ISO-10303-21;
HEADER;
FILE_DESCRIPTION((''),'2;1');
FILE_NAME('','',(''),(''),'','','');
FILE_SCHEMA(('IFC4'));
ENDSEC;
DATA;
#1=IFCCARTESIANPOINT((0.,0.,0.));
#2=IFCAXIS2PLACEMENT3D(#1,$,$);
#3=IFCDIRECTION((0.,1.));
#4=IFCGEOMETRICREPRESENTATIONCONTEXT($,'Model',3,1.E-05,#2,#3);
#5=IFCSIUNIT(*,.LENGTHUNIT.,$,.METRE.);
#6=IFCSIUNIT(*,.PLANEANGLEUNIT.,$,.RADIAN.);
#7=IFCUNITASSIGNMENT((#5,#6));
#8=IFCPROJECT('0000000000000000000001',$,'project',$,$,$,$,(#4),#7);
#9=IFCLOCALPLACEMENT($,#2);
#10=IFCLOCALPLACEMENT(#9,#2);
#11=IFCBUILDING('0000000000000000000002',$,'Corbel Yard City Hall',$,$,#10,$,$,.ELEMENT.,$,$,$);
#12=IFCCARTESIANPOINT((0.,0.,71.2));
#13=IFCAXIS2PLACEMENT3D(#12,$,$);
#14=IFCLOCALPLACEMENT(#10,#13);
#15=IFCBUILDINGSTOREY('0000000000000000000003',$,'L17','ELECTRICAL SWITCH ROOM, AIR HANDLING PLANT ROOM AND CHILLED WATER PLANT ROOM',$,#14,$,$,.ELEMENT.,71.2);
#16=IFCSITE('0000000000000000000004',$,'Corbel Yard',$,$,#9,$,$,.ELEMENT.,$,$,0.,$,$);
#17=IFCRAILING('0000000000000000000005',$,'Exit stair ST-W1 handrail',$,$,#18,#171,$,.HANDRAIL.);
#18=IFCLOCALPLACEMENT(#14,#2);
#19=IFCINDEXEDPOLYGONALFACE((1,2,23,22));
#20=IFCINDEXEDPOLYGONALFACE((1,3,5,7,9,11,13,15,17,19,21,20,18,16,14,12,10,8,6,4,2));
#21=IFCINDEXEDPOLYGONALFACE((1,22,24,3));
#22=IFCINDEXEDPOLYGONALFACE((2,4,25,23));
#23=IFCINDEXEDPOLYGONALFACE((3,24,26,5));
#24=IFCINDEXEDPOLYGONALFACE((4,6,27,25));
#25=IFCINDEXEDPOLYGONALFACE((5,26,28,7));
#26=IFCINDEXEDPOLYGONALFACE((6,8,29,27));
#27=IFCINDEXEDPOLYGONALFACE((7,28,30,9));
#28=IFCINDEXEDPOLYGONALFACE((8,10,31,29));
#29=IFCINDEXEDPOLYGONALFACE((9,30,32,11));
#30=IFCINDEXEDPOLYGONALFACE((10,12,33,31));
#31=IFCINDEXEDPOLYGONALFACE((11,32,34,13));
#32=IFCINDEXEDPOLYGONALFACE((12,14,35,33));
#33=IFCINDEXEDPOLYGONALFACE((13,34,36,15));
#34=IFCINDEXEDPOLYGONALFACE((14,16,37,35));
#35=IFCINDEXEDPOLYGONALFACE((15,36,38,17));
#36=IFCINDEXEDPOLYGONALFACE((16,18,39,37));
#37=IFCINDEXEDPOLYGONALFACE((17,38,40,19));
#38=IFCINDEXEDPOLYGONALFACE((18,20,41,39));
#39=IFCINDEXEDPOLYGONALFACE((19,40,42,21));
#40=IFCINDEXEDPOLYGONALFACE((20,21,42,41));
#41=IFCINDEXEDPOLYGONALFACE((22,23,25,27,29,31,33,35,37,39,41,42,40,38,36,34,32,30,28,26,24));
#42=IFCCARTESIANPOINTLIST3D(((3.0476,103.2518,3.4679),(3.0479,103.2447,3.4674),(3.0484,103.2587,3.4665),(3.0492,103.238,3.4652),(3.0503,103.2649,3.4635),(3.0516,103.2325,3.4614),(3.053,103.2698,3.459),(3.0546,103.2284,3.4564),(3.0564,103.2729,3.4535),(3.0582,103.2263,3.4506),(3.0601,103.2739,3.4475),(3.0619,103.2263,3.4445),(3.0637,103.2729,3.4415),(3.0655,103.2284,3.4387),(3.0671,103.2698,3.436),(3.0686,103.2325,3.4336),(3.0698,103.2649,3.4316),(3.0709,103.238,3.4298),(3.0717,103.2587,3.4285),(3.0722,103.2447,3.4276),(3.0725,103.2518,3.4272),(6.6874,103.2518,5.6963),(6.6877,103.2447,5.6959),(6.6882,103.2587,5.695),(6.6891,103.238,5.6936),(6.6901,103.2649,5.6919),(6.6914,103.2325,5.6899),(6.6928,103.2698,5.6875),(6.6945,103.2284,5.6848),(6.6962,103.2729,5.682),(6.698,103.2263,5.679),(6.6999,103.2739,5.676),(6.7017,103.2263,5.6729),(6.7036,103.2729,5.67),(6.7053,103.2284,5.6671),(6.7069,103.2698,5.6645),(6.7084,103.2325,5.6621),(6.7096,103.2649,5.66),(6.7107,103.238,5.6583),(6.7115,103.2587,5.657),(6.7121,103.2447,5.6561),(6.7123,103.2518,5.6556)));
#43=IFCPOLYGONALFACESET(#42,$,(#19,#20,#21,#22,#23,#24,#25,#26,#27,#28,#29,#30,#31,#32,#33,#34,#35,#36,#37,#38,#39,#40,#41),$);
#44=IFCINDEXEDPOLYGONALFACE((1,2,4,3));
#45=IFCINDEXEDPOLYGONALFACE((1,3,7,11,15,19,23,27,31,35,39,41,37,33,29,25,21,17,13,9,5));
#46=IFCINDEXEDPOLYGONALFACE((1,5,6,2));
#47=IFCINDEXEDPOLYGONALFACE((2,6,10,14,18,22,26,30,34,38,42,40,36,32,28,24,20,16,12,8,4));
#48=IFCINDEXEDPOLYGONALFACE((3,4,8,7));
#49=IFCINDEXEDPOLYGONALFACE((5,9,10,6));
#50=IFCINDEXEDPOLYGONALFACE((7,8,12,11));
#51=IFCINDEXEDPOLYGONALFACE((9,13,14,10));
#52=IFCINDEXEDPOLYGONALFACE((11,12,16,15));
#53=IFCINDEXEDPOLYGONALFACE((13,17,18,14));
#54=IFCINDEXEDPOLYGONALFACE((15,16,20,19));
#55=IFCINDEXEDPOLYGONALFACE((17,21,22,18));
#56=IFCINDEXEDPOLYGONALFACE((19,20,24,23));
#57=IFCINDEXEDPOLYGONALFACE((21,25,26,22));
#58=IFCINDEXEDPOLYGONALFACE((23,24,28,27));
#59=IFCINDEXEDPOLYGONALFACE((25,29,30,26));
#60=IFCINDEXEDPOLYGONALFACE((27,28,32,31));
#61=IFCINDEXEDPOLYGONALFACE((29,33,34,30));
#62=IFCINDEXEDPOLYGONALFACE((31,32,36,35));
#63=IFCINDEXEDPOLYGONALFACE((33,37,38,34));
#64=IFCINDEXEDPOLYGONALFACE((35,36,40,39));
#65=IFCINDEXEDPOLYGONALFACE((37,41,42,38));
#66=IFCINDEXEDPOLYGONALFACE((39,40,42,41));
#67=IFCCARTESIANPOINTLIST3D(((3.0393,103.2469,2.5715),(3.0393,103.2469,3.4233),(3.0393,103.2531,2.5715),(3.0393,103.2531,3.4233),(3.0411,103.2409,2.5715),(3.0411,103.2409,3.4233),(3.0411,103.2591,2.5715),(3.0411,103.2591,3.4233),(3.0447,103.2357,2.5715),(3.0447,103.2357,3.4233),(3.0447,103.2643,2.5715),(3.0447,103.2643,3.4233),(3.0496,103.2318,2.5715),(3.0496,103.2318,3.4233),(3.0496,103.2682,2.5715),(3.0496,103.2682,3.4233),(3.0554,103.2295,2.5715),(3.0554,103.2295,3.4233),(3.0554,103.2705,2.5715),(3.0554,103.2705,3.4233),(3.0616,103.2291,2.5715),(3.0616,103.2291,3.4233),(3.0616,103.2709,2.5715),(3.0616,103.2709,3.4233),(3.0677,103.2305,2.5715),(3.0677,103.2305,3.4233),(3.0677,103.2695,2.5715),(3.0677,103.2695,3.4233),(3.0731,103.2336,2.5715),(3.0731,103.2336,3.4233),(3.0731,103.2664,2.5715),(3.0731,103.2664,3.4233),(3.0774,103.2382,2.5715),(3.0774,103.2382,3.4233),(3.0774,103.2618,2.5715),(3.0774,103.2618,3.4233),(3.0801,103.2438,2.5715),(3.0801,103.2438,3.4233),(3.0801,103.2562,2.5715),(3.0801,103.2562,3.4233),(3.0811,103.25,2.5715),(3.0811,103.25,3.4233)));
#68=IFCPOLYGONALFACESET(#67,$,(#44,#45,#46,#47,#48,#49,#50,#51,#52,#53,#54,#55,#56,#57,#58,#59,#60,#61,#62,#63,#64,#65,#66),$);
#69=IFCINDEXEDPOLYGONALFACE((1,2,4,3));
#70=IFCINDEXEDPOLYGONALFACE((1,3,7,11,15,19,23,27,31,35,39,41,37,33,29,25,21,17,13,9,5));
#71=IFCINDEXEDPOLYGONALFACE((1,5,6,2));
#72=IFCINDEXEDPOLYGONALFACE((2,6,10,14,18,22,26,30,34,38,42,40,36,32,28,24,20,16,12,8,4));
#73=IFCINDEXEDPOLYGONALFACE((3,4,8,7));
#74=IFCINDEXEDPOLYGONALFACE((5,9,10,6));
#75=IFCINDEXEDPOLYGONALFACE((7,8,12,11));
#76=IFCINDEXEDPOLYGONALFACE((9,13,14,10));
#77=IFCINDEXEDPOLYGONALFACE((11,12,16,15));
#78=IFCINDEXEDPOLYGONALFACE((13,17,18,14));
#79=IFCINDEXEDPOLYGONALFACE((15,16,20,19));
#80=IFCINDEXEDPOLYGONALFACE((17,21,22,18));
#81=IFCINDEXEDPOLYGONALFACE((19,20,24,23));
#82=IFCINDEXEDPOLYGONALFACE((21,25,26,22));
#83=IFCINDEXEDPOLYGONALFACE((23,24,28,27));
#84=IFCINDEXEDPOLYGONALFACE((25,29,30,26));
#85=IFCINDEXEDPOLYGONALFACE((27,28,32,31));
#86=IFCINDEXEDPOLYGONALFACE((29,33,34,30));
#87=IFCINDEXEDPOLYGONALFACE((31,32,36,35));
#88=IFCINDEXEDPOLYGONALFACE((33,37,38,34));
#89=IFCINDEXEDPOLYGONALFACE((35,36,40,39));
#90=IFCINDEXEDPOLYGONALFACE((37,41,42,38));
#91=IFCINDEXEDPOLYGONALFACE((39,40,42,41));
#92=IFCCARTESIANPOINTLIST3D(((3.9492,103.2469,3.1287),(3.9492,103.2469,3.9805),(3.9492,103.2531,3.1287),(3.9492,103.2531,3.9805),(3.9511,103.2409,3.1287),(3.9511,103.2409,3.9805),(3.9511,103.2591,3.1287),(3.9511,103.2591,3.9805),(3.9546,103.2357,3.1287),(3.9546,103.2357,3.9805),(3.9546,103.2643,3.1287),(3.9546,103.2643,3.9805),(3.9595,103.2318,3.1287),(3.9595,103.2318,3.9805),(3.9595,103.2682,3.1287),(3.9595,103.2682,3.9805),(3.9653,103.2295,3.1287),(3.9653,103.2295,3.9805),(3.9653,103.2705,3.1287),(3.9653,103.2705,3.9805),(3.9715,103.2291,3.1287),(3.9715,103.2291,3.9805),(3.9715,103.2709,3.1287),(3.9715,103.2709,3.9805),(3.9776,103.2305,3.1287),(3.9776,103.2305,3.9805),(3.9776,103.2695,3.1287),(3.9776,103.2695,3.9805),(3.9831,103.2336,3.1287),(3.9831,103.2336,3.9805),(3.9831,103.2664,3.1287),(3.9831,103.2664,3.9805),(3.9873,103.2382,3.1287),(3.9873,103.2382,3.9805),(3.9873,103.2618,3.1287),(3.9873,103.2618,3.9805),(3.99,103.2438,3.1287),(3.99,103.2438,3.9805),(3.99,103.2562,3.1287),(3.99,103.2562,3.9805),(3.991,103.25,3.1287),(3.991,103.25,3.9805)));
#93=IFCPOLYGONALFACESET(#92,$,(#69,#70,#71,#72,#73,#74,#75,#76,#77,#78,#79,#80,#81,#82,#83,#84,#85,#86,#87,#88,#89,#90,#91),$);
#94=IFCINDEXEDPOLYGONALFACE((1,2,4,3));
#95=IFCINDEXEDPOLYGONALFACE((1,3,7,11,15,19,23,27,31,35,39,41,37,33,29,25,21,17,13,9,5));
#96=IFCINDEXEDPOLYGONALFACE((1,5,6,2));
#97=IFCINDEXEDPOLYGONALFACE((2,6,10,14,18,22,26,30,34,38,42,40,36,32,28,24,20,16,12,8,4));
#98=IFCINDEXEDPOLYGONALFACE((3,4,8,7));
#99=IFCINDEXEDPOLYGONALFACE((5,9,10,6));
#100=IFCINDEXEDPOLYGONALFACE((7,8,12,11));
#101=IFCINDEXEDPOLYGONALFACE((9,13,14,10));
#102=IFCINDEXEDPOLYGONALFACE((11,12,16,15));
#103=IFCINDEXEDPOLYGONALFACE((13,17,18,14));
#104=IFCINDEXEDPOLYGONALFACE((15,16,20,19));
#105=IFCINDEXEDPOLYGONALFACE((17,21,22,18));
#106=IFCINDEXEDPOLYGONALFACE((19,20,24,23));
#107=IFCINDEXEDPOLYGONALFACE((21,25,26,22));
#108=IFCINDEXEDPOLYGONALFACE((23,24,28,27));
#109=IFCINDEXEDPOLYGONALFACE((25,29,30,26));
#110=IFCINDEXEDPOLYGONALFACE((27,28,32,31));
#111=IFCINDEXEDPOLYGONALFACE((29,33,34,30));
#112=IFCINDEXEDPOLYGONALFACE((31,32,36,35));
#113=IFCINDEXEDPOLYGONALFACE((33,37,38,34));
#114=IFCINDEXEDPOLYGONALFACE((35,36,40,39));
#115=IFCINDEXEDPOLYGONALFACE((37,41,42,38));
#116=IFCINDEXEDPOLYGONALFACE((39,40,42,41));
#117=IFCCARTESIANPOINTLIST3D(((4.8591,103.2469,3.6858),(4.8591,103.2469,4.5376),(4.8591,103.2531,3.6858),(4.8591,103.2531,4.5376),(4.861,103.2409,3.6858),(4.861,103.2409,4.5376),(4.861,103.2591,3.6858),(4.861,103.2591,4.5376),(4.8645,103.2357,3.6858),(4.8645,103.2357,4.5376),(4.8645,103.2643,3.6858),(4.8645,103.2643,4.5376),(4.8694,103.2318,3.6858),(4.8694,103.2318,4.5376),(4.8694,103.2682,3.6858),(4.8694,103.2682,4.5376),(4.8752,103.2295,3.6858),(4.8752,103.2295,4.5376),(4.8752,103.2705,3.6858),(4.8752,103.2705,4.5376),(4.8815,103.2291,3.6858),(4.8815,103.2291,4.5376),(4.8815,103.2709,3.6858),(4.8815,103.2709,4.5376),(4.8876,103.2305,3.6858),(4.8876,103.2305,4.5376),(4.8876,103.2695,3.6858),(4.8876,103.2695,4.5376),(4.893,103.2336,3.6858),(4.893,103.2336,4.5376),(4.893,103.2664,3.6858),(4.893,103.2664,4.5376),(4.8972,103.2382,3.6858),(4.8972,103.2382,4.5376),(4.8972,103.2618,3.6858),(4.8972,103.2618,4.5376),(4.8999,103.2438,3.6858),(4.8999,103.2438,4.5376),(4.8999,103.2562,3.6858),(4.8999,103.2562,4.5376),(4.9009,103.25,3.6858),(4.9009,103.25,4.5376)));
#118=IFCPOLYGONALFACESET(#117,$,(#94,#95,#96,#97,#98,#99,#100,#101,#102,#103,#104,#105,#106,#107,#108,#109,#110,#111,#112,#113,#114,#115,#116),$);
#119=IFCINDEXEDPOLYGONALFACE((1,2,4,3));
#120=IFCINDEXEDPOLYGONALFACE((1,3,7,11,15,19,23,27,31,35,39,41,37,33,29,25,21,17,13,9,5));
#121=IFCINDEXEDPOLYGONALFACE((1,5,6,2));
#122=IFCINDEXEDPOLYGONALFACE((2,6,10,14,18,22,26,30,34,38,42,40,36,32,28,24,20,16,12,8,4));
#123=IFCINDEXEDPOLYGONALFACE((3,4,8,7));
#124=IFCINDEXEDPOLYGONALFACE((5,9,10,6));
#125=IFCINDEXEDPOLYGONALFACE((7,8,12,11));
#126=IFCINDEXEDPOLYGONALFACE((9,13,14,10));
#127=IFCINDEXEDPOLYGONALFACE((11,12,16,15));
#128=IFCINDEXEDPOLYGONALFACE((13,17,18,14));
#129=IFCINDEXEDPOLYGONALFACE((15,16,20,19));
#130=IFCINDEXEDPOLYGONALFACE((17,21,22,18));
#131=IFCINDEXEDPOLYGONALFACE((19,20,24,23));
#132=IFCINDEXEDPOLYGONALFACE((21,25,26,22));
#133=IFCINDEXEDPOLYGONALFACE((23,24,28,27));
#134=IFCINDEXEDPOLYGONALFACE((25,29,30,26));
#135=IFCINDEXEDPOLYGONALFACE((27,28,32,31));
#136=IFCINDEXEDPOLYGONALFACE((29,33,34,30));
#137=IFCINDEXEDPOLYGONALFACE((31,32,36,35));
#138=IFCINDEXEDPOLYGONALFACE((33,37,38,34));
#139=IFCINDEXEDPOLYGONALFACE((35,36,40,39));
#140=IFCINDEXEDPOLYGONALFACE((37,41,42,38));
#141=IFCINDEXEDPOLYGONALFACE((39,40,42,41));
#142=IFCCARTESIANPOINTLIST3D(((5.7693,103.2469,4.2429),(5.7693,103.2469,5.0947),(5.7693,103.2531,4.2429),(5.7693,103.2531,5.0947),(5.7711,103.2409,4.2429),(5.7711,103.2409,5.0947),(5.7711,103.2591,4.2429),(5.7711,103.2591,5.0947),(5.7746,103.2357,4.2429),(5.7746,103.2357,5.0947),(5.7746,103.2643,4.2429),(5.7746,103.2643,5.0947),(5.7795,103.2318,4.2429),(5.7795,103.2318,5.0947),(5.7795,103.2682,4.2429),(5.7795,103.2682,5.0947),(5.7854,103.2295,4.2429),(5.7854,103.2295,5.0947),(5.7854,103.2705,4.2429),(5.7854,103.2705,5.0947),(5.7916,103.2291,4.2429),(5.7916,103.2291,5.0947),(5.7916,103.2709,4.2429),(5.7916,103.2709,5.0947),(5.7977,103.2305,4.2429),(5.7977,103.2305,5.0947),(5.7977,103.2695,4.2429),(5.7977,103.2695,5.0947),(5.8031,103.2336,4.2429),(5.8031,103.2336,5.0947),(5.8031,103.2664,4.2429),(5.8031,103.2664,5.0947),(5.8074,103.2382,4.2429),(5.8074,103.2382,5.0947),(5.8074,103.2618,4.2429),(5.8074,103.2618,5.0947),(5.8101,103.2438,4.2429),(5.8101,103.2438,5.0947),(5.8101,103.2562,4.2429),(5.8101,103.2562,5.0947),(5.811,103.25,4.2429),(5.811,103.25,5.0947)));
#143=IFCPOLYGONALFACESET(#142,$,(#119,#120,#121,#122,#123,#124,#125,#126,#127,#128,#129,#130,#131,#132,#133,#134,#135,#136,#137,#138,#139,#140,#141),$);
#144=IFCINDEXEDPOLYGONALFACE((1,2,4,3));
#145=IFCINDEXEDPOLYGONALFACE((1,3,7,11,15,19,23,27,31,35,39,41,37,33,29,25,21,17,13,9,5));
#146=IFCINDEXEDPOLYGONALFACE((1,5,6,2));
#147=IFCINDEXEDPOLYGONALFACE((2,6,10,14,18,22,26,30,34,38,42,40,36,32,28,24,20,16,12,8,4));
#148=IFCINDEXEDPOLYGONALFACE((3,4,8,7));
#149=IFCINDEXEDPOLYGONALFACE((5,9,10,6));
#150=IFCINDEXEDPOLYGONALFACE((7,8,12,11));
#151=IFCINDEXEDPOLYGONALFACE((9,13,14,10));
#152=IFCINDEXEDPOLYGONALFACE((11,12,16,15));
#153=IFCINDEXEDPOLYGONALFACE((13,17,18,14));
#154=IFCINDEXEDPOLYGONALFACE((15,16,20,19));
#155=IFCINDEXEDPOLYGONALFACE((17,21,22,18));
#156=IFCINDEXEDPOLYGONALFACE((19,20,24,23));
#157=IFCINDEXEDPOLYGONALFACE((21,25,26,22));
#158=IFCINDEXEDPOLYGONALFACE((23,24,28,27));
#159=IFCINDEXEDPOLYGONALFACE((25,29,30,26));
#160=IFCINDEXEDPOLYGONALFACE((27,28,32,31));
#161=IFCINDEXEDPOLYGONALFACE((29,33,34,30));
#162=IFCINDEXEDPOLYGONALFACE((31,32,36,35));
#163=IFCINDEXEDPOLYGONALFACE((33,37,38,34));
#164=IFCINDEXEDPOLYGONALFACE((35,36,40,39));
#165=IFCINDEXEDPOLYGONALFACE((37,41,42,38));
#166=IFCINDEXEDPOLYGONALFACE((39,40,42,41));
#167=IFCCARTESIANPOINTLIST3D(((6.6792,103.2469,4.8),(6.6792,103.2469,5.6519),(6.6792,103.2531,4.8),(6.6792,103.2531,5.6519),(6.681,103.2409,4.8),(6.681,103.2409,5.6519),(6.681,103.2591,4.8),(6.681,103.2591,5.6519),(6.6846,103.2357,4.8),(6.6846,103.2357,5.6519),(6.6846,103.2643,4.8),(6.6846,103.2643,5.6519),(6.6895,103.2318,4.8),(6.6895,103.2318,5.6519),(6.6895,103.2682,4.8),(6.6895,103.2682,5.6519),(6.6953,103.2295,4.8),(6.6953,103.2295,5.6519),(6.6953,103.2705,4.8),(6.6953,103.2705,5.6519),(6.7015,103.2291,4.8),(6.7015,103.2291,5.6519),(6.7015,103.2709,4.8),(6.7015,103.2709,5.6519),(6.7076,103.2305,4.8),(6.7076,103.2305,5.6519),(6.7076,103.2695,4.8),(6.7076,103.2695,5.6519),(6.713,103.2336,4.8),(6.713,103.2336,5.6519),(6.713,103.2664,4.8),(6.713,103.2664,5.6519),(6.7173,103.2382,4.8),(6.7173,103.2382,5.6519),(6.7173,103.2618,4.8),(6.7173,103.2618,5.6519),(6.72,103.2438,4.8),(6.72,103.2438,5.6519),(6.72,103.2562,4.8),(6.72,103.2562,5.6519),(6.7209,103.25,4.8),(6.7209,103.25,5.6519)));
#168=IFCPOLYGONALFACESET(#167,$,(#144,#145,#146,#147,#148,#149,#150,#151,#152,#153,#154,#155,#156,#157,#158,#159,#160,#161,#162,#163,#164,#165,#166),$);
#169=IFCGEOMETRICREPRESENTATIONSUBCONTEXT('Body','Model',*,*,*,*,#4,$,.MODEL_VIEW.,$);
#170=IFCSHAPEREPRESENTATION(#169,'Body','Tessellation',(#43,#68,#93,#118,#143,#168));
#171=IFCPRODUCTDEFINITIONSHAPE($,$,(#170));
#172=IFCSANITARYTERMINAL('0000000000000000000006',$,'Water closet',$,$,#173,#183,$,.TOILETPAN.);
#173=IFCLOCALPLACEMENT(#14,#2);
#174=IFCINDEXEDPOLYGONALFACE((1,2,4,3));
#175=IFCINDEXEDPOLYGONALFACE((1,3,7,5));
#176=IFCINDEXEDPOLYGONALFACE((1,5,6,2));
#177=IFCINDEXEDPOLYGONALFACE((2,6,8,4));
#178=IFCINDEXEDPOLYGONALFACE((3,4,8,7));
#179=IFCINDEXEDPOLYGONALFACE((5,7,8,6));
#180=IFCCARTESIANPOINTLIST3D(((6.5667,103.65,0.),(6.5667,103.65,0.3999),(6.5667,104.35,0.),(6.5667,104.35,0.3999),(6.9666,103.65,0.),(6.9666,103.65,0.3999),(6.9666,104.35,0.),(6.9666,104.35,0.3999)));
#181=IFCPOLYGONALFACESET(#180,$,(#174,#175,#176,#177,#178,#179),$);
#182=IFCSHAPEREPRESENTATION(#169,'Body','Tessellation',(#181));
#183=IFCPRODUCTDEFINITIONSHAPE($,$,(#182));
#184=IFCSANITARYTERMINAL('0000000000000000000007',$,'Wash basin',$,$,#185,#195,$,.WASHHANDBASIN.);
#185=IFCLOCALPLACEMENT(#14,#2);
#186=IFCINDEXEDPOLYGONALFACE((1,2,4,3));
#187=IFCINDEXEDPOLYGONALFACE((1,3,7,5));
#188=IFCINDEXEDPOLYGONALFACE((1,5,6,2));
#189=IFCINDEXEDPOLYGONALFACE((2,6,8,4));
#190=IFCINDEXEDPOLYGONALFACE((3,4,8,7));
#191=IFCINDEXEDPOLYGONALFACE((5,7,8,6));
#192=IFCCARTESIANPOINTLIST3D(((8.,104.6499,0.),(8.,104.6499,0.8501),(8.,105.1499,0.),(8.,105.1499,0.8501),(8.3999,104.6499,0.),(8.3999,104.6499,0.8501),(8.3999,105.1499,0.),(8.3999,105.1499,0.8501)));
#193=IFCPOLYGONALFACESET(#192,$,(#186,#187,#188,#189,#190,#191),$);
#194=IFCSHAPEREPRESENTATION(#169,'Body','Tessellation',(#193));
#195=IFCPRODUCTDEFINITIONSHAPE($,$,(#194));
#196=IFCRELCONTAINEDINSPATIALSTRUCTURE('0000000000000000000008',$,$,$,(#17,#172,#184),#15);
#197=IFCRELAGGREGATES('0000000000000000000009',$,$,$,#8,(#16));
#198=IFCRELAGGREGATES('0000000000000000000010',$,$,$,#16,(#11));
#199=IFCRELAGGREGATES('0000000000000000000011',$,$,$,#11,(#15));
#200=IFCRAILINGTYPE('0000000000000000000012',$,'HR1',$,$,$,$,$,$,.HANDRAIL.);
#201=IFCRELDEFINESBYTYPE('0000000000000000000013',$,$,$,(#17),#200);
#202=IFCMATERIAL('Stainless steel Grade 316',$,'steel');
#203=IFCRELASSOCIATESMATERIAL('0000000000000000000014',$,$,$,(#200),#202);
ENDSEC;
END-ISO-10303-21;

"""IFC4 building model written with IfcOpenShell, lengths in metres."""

from ifc_helpers import new_model, si_unit, direction, frame, origin, origin_2d, place, context, subcontext, project, spatial, rectangle, circle, extrude, material, type_object, element, save


model = new_model("IFC4")

# Units and contexts
model_context = context("Model", 3, precision=1e-05, world=origin(), true_north=direction((0.0, 1.0)))
body_context = subcontext(model_context, "Body", "Model", "MODEL_VIEW")
ifc_project = project(units=[si_unit("LENGTHUNIT", "METRE"), si_unit("PLANEANGLEUNIT", "RADIAN")], contexts=[model_context])

# Site, building, storey
site_placement = place(None, origin())
site = spatial("IfcSite", under=ifc_project, at=site_placement, Name="Corbel Yard", CompositionType="ELEMENT", RefElevation=0.0)
building_placement = place(site_placement, origin())
building = spatial("IfcBuilding", under=site, at=building_placement, Name="Corbel Yard City Hall", CompositionType="ELEMENT")
storey_placement = place(building_placement, frame((0.0, 0.0, 71.2)))
storey = spatial("IfcBuildingStorey", under=building, at=storey_placement, Name="L17", Description="ELECTRICAL SWITCH ROOM, AIR HANDLING PLANT ROOM AND CHILLED WATER PLANT ROOM", CompositionType="ELEMENT", Elevation=71.2)

# Shared definitions
ifc_material_1 = material(Name="Stainless steel Grade 316", Category="steel")

# Railing
railing_type = type_object("IfcRailingType", Name="HR1", PredefinedType="HANDRAIL", material=ifc_material_1)
railing_placement = place(storey_placement, frame((3.0601, 103.25, 2.5715)))
element("IfcRailing", 1, at=railing_placement, inside=storey, type_object=railing_type, Name="Exit stair ST-W1 handrail", PredefinedType="HANDRAIL", context=body_context, shape_type="SweptSolid", body=[
    extrude(circle(Radius=0.0239, at=origin_2d()), frame((0.0, 0.0, 0.876), z_axis=(0.85285, 0.0, 0.522156), x_axis=(0.0, 1.0, 0.0)), (0.0, 0.0, 1.0), 4.2678),
    extrude(circle(Radius=0.021, at=origin_2d()), origin(), (0.0, 0.0, 1.0), 0.8518),
    extrude(circle(Radius=0.021, at=origin_2d()), frame((0.9099, 0.0, 0.5571)), (0.0, 0.0, 1.0), 0.8518),
    extrude(circle(Radius=0.021, at=origin_2d()), frame((1.8198, 0.0, 1.1143)), (0.0, 0.0, 1.0), 0.8518),
    extrude(circle(Radius=0.021, at=origin_2d()), frame((2.73, 0.0, 1.6714)), (0.0, 0.0, 1.0), 0.8518),
    extrude(circle(Radius=0.021, at=origin_2d()), frame((3.6399, 0.0, 2.2285)), (0.0, 0.0, 1.0), 0.8518),
])

# Sanitary terminals
sanitary_terminal_1_placement = place(storey_placement, frame((6.7666, 104.0, 0.0), z_axis=(0.0, 0.0, 1.0), x_axis=(1.0, 0.0, 0.0)))
element("IfcSanitaryTerminal", 2, at=sanitary_terminal_1_placement, inside=storey, Name="Water closet", PredefinedType="TOILETPAN", context=body_context, shape_type="SweptSolid", body=[
    extrude(rectangle(XDim=0.3999, YDim=0.7, at=origin_2d()), origin(), (0.0, 0.0, 1.0), 0.3999),
])
sanitary_terminal_2_placement = place(storey_placement, frame((8.2, 104.8999, 0.0), z_axis=(0.0, 0.0, 1.0), x_axis=(1.0, 0.0, 0.0)))
element("IfcSanitaryTerminal", 3, at=sanitary_terminal_2_placement, inside=storey, Name="Wash basin", PredefinedType="WASHHANDBASIN", context=body_context, shape_type="SweptSolid", body=[
    extrude(rectangle(XDim=0.3999, YDim=0.5, at=origin_2d()), origin(), (0.0, 0.0, 1.0), 0.8501),
])

save(model, "model.ifc")
